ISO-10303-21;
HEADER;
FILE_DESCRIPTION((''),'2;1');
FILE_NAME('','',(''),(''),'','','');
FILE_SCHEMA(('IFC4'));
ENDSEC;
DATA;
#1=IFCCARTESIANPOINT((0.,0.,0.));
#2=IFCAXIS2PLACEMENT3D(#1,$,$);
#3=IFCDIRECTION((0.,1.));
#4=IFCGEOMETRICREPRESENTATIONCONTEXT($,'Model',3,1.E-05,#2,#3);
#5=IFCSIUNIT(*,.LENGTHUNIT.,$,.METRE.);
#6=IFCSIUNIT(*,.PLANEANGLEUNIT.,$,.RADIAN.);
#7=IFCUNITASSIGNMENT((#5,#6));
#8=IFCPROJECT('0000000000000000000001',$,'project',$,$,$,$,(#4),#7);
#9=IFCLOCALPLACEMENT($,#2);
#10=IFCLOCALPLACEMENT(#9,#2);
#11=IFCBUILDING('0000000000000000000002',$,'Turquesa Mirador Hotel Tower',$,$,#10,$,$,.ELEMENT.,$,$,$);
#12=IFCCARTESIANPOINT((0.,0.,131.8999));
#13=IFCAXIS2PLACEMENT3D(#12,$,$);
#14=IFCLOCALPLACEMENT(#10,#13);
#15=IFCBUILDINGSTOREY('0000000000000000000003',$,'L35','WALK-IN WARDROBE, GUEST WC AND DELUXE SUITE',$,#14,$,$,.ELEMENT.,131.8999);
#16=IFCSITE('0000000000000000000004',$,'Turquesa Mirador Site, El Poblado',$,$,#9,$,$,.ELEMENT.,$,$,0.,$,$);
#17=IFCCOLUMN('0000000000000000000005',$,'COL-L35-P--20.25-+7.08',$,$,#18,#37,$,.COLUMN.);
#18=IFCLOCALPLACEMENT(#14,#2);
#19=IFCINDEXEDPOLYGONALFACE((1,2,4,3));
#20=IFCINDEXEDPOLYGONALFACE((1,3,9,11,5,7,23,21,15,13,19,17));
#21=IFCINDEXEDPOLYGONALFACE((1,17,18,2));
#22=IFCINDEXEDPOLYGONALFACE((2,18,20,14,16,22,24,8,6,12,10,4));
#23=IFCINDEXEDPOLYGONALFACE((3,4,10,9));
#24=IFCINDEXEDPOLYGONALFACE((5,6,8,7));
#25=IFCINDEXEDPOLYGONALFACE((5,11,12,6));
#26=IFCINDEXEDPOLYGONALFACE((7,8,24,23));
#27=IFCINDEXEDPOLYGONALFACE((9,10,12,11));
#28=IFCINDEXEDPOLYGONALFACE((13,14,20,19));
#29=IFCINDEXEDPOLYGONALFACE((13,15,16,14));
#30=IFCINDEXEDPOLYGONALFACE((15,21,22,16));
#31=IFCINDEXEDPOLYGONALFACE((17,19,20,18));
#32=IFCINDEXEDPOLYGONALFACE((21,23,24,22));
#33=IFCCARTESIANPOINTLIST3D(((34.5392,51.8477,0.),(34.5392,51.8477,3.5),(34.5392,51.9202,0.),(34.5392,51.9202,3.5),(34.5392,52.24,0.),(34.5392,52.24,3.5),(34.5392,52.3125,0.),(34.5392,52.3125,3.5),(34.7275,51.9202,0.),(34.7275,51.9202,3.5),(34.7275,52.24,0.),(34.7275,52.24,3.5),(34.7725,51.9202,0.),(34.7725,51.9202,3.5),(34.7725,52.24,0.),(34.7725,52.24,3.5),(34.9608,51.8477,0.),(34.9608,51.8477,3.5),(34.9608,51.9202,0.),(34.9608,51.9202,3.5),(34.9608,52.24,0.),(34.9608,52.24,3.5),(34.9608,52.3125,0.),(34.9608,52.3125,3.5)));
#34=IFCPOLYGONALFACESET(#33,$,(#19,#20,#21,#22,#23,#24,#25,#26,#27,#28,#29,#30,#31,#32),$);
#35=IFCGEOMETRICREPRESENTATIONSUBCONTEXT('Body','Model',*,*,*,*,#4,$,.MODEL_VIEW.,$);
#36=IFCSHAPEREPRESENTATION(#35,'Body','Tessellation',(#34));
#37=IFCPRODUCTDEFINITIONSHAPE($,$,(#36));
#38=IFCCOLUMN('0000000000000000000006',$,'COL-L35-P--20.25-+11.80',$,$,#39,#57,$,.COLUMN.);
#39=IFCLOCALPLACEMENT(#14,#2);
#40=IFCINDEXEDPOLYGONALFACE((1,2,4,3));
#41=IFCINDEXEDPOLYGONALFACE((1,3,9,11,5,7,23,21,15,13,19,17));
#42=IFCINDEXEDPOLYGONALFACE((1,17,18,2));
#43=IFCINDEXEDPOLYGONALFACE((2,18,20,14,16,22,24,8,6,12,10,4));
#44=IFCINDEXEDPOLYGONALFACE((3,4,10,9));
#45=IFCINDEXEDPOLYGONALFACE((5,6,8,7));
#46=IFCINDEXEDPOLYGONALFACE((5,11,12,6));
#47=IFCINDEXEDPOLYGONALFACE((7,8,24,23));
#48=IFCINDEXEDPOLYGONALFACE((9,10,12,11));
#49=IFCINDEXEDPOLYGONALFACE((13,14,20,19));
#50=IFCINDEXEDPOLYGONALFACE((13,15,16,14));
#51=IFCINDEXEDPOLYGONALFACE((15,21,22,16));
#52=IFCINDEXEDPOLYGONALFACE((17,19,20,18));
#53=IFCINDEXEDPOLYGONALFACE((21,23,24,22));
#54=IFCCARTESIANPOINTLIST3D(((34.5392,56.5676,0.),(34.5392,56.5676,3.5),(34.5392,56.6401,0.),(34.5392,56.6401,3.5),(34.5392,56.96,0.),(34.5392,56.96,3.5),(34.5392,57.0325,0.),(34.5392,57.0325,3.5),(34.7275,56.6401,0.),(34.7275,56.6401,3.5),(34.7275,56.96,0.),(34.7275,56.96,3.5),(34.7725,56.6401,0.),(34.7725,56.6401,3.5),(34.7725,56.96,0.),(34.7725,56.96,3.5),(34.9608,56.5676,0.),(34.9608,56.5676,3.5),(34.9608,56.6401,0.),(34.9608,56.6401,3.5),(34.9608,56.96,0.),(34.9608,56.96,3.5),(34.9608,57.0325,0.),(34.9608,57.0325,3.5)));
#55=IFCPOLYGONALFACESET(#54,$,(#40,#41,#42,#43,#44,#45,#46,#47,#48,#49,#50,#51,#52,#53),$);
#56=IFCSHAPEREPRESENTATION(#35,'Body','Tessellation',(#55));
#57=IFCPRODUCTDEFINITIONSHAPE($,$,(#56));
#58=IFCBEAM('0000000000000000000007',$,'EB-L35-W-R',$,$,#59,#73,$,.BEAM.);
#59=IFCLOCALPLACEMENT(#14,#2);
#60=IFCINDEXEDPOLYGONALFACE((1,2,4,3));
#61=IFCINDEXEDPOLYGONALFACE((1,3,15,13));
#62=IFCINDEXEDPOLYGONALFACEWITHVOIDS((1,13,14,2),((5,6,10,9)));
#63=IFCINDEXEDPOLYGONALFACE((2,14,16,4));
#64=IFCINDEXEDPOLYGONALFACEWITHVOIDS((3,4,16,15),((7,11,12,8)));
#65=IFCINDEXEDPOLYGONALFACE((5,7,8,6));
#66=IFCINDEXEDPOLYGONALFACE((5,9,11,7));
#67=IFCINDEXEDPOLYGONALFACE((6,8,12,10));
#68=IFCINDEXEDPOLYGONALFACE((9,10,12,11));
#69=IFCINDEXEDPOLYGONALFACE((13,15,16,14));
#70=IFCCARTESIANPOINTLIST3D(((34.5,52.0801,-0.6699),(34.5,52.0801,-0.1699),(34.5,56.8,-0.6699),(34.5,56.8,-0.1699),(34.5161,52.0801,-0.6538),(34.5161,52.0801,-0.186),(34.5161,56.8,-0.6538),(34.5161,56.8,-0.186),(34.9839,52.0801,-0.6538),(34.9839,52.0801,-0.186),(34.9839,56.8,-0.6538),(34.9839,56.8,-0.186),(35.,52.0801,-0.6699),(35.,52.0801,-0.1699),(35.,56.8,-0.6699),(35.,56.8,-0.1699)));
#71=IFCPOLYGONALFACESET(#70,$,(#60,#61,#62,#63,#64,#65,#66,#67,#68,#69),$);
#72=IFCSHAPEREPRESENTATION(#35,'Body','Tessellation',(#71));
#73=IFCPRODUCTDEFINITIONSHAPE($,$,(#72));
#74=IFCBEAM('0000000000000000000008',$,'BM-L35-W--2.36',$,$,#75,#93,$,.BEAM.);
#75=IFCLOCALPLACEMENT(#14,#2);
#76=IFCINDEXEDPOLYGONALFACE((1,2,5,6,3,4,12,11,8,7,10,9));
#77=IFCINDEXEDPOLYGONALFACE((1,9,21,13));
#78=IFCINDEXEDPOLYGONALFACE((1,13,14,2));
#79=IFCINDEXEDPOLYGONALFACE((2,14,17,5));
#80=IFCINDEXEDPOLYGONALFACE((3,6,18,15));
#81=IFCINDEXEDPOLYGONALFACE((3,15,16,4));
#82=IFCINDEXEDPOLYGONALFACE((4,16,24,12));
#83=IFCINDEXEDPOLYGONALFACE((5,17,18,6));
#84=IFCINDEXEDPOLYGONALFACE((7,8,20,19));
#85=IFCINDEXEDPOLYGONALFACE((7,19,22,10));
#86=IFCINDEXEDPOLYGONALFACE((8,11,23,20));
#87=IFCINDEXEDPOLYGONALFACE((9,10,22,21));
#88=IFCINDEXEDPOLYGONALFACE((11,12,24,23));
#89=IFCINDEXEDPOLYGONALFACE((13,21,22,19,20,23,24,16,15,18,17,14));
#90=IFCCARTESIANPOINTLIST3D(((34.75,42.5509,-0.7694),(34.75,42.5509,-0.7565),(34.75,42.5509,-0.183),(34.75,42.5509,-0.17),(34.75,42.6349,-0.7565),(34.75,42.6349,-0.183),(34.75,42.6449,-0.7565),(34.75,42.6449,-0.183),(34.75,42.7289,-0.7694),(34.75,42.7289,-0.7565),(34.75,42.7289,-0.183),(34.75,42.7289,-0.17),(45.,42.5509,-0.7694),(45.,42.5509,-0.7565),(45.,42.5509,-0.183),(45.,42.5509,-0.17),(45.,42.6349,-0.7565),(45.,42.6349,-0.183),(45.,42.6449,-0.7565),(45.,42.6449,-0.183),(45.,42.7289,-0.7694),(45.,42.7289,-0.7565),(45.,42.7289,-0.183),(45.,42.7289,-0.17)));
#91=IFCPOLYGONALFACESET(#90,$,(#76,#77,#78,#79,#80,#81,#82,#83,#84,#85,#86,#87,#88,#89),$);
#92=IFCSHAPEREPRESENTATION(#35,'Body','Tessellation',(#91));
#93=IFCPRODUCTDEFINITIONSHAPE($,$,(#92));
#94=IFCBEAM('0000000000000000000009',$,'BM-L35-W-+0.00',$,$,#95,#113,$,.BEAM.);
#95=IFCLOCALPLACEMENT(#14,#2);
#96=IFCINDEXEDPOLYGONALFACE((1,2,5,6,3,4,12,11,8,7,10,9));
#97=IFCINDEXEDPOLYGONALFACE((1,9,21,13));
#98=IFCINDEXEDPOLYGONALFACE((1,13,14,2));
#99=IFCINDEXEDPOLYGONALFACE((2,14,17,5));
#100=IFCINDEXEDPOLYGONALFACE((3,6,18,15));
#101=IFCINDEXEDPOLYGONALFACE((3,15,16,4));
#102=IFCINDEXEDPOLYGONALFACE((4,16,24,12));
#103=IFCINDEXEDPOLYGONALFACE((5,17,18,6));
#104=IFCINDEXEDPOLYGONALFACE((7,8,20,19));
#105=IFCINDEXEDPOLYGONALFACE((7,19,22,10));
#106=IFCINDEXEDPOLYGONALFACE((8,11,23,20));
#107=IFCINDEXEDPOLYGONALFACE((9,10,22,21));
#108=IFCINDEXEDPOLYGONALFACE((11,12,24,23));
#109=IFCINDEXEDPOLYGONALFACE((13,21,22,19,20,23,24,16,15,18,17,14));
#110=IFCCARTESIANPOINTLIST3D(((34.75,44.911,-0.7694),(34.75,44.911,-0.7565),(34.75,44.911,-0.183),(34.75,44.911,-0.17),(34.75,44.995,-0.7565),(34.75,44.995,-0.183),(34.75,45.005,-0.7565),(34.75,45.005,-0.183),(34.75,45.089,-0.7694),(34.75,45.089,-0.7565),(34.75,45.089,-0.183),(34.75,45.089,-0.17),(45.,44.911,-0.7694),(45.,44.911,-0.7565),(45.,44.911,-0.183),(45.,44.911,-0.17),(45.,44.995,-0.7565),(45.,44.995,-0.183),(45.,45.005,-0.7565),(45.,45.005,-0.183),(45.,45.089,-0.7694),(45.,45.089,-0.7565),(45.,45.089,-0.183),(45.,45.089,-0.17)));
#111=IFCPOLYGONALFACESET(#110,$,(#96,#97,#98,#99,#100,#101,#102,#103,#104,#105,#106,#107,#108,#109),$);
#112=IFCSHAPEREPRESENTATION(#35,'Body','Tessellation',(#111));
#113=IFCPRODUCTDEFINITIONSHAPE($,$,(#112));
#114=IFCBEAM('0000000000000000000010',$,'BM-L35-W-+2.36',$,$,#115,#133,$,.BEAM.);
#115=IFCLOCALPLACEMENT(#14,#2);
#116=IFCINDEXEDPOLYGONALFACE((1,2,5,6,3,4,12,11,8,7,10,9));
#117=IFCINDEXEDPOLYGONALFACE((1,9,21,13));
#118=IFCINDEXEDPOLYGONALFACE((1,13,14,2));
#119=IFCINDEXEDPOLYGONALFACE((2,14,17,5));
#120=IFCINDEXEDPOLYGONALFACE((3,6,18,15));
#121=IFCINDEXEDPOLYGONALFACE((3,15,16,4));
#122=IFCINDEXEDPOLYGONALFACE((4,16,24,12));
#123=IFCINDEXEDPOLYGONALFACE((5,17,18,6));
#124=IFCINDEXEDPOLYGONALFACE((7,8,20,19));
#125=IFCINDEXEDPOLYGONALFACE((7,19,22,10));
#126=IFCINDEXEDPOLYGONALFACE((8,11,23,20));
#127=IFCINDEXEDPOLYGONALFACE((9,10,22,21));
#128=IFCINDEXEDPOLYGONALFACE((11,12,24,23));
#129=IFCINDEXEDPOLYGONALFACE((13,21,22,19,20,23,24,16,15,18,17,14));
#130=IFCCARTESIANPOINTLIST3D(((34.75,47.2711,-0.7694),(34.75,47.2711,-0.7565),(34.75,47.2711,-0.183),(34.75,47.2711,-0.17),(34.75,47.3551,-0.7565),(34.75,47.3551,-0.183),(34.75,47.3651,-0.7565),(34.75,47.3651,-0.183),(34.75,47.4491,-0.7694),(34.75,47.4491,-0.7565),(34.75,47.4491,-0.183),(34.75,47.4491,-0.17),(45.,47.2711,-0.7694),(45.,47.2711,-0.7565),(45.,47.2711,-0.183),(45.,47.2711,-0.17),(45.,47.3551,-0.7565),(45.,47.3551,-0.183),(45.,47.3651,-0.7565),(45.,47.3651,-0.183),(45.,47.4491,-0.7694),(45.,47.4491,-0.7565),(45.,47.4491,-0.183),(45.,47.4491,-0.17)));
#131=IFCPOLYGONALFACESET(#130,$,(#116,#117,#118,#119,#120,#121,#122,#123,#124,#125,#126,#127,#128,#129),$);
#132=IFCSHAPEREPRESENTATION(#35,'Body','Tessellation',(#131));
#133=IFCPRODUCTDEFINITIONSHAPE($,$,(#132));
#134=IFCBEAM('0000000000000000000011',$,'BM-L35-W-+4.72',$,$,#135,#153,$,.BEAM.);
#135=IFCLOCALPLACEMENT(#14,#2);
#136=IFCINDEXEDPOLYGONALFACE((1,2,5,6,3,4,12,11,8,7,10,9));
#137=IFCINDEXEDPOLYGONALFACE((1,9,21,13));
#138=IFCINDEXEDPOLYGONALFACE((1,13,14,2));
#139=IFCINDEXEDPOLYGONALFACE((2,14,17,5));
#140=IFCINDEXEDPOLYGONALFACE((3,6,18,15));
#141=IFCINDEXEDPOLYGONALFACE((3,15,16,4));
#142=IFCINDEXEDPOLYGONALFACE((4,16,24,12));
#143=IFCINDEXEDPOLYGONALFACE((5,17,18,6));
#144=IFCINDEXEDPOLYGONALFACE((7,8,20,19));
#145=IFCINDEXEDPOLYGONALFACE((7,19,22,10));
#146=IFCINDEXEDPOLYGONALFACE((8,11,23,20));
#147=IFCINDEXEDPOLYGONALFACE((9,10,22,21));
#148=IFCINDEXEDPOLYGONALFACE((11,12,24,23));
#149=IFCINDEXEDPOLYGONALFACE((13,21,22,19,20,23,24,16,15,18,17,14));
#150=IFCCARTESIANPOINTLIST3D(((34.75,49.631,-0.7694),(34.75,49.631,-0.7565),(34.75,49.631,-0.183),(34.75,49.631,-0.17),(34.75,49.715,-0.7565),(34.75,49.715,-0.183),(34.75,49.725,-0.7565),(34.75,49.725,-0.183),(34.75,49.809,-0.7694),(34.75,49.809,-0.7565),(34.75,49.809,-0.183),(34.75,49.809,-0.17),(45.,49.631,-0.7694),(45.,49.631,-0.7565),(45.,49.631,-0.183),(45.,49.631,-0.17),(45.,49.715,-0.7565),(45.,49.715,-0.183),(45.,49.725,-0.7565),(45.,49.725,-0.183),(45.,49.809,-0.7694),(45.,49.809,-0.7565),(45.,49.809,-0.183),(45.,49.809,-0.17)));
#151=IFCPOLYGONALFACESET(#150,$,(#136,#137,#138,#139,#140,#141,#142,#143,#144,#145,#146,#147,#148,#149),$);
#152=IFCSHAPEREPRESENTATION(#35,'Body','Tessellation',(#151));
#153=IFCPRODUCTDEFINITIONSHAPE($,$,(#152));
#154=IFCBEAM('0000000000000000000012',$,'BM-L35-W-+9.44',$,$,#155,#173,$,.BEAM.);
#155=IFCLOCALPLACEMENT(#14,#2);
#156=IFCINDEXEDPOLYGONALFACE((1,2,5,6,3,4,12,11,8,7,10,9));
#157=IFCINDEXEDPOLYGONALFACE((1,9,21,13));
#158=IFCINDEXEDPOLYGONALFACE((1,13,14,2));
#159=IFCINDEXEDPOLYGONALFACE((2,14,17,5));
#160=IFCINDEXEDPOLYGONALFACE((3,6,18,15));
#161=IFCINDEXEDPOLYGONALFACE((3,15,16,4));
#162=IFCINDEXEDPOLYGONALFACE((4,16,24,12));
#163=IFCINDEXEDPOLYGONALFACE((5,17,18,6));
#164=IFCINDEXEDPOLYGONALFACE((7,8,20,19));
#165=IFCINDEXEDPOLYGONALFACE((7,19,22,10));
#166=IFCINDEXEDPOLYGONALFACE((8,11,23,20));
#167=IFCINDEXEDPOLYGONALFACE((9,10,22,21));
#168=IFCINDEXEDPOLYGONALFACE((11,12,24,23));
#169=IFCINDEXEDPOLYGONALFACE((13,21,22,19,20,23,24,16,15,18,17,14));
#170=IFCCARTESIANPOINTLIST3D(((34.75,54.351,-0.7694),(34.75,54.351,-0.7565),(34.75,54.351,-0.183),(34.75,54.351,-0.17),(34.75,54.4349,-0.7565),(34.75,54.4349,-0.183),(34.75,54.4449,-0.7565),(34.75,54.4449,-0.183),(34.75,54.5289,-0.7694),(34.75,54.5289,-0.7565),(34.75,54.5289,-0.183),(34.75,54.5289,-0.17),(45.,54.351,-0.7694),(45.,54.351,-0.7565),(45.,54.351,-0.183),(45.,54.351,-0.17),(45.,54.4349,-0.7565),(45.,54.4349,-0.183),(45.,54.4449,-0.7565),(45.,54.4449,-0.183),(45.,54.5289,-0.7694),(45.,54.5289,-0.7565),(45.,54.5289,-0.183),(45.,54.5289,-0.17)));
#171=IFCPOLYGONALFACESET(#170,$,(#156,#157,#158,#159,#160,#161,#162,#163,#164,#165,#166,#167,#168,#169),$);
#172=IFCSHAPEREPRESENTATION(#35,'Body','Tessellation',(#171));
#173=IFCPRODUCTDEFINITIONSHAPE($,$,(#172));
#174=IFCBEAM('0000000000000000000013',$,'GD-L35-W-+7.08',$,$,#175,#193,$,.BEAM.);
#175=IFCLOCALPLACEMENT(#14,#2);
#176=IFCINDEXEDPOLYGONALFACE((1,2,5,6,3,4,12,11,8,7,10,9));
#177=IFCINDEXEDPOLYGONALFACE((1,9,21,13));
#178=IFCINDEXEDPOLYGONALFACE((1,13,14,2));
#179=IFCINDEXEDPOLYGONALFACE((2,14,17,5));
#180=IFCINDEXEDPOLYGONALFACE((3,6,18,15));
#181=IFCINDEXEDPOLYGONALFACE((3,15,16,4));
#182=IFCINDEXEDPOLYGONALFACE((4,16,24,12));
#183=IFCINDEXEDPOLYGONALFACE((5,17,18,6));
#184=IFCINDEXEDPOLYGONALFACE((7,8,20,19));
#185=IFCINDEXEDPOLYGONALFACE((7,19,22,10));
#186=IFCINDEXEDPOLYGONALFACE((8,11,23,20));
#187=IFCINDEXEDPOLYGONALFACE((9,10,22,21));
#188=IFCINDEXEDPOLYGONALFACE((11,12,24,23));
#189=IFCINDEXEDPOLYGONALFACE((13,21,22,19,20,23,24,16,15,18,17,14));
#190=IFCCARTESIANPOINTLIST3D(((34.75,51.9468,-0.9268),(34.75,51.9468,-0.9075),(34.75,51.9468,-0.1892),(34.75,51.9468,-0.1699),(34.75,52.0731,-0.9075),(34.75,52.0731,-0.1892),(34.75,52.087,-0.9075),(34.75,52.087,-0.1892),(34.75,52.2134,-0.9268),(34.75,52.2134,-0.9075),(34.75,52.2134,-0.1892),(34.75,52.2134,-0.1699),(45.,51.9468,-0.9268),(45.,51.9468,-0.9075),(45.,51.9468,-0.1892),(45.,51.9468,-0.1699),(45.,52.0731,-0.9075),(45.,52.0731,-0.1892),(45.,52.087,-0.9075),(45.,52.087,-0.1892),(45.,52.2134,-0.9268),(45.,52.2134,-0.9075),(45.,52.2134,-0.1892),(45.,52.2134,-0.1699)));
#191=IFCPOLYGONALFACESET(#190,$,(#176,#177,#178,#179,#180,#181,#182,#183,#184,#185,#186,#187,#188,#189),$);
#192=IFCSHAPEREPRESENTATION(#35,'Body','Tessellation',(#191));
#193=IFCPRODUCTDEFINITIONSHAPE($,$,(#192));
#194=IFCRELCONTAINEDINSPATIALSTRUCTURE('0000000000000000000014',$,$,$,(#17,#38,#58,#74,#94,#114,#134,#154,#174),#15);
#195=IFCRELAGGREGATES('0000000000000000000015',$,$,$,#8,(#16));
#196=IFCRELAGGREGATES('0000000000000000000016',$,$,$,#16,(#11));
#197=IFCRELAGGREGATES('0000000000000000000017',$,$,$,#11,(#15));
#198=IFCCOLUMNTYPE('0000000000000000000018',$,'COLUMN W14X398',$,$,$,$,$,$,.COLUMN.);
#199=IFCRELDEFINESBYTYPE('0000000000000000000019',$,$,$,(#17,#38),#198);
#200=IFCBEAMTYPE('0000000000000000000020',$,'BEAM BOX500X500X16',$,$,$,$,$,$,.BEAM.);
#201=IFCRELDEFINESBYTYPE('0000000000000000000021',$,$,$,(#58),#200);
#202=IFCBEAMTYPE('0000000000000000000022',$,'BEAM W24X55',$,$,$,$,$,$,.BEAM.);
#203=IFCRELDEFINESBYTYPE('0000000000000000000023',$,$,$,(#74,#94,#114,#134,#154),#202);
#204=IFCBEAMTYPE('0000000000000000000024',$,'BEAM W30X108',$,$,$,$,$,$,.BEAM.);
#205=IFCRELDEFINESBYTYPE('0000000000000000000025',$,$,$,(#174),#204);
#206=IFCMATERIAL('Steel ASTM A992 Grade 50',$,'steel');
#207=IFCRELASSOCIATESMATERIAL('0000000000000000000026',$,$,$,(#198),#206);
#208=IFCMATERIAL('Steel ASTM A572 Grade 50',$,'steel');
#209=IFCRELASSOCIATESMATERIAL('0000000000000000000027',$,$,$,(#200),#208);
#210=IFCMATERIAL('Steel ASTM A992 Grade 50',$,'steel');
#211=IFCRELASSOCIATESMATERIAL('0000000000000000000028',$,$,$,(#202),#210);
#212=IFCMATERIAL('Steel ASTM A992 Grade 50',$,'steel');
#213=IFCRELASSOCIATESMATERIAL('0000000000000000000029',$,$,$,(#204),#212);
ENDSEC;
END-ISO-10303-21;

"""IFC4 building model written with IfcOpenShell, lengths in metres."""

from ifc_helpers import new_model, si_unit, direction, frame, origin, origin_2d, place, context, subcontext, project, spatial, hollow_rectangle, i_section, extrude, material, material_profile, profile_set, type_object, element, save


model = new_model("IFC4")

# Units and contexts
model_context = context("Model", 3, precision=1e-05, world=origin(), true_north=direction((0.0, 1.0)))
body_context = subcontext(model_context, "Body", "Model", "MODEL_VIEW")
ifc_project = project(units=[si_unit("LENGTHUNIT", "METRE"), si_unit("PLANEANGLEUNIT", "RADIAN")], contexts=[model_context])

# Site, building, storey
site_placement = place(None, origin())
site = spatial("IfcSite", under=ifc_project, at=site_placement, Name="Turquesa Mirador Site, El Poblado", CompositionType="ELEMENT", RefElevation=0.0)
building_placement = place(site_placement, origin())
building = spatial("IfcBuilding", under=site, at=building_placement, Name="Turquesa Mirador Hotel Tower", CompositionType="ELEMENT")
storey_placement = place(building_placement, frame((0.0, 0.0, 131.8999)))
storey = spatial("IfcBuildingStorey", under=building, at=storey_placement, Name="L35", Description="WALK-IN WARDROBE, GUEST WC AND DELUXE SUITE", CompositionType="ELEMENT", Elevation=131.8999)

# Columns
ifc_material_1 = material(Name="Steel ASTM A992 Grade 50", Category="steel")
ifc_material_profile_1 = material_profile(ifc_material_1, i_section(OverallWidth=0.4216, OverallDepth=0.4648, WebThickness=0.0449, FlangeThickness=0.0725, at=origin_2d()), Name="W14X398")
ifc_profile_set_1 = profile_set([ifc_material_profile_1], Name="Steel ASTM A992 Grade 50")
column_type = type_object("IfcColumnType", Name="COLUMN W14X398", PredefinedType="COLUMN", material=ifc_profile_set_1)
for number, where, z_axis, x_axis, name in (
    (1, (34.75, 52.0801, 0.0), (0.0, 0.0, 1.0), (1.0, 0.0, 0.0), "COL-L35-P--20.25-+7.08"),
    (2, (34.75, 56.8, 0.0), (0.0, 0.0, 1.0), (1.0, 0.0, 0.0), "COL-L35-P--20.25-+11.80"),
):
    element("IfcColumn", number, at=place(storey_placement, frame(where, z_axis=z_axis, x_axis=x_axis)), inside=storey, type_object=column_type, Name=name, PredefinedType="COLUMN", context=body_context, shape_type="SweptSolid", body=[
        extrude(i_section(OverallWidth=0.4216, OverallDepth=0.4648, WebThickness=0.0449, FlangeThickness=0.0725, at=origin_2d()), origin(), (0.0, 0.0, 1.0), 3.5),
    ])

# Beams
ifc_material_2 = material(Name="Steel ASTM A572 Grade 50", Category="steel")
ifc_material_profile_2 = material_profile(ifc_material_2, hollow_rectangle(XDim=0.5, YDim=0.5, WallThickness=0.0161, at=origin_2d()), Name="BOX500X500X16")
ifc_profile_set_2 = profile_set([ifc_material_profile_2], Name="Steel ASTM A572 Grade 50")
beam_type_1 = type_object("IfcBeamType", Name="BEAM BOX500X500X16", PredefinedType="BEAM", material=ifc_profile_set_2)
beam_1_placement = place(storey_placement, frame((34.75, 52.0801, -0.4199), z_axis=(0.0, 1.0, 0.0), x_axis=(-1.0, 0.0, 0.0)))
element("IfcBeam", 3, at=beam_1_placement, inside=storey, type_object=beam_type_1, Name="EB-L35-W-R", PredefinedType="BEAM", context=body_context, shape_type="SweptSolid", body=[
    extrude(hollow_rectangle(XDim=0.5, YDim=0.5, WallThickness=0.0161, at=origin_2d()), origin(), (0.0, 0.0, 1.0), 4.72),
])
ifc_material_3 = material(Name="Steel ASTM A992 Grade 50", Category="steel")
ifc_material_profile_3 = material_profile(ifc_material_3, i_section(OverallWidth=0.178, OverallDepth=0.5994, WebThickness=0.01, FlangeThickness=0.0129, at=origin_2d()), Name="W24X55")
ifc_profile_set_3 = profile_set([ifc_material_profile_3], Name="Steel ASTM A992 Grade 50")
beam_type_2 = type_object("IfcBeamType", Name="BEAM W24X55", PredefinedType="BEAM", material=ifc_profile_set_3)
for number, where, z_axis, x_axis, name in (
    (4, (34.75, 42.6399, -0.4697), (1.0, 0.0, 0.0), (0.0, 1.0, 0.0), "BM-L35-W--2.36"),
    (5, (34.75, 45.0, -0.4697), (1.0, 0.0, 0.0), (0.0, 1.0, 0.0), "BM-L35-W-+0.00"),
    (6, (34.75, 47.3601, -0.4697), (1.0, 0.0, 0.0), (0.0, 1.0, 0.0), "BM-L35-W-+2.36"),
    (7, (34.75, 49.72, -0.4697), (1.0, 0.0, 0.0), (0.0, 1.0, 0.0), "BM-L35-W-+4.72"),
    (8, (34.75, 54.4399, -0.4697), (1.0, 0.0, 0.0), (0.0, 1.0, 0.0), "BM-L35-W-+9.44"),
):
    element("IfcBeam", number, at=place(storey_placement, frame(where, z_axis=z_axis, x_axis=x_axis)), inside=storey, type_object=beam_type_2, Name=name, PredefinedType="BEAM", context=body_context, shape_type="SweptSolid", body=[
        extrude(i_section(OverallWidth=0.178, OverallDepth=0.5994, WebThickness=0.01, FlangeThickness=0.0129, at=origin_2d()), origin(), (0.0, 0.0, 1.0), 10.25),
    ])
ifc_material_4 = material(Name="Steel ASTM A992 Grade 50", Category="steel")
ifc_material_profile_4 = material_profile(ifc_material_4, i_section(OverallWidth=0.2666, OverallDepth=0.7568, WebThickness=0.0139, FlangeThickness=0.0193, at=origin_2d()), Name="W30X108")
ifc_profile_set_4 = profile_set([ifc_material_profile_4], Name="Steel ASTM A992 Grade 50")
beam_type_3 = type_object("IfcBeamType", Name="BEAM W30X108", PredefinedType="BEAM", material=ifc_profile_set_4)
beam_2_placement = place(storey_placement, frame((34.75, 52.0801, -0.5483), z_axis=(1.0, 0.0, 0.0), x_axis=(0.0, 1.0, 0.0)))
element("IfcBeam", 9, at=beam_2_placement, inside=storey, type_object=beam_type_3, Name="GD-L35-W-+7.08", PredefinedType="BEAM", context=body_context, shape_type="SweptSolid", body=[
    extrude(i_section(OverallWidth=0.2666, OverallDepth=0.7568, WebThickness=0.0139, FlangeThickness=0.0193, at=origin_2d()), origin(), (0.0, 0.0, 1.0), 10.25),
])

save(model, "model.ifc")
